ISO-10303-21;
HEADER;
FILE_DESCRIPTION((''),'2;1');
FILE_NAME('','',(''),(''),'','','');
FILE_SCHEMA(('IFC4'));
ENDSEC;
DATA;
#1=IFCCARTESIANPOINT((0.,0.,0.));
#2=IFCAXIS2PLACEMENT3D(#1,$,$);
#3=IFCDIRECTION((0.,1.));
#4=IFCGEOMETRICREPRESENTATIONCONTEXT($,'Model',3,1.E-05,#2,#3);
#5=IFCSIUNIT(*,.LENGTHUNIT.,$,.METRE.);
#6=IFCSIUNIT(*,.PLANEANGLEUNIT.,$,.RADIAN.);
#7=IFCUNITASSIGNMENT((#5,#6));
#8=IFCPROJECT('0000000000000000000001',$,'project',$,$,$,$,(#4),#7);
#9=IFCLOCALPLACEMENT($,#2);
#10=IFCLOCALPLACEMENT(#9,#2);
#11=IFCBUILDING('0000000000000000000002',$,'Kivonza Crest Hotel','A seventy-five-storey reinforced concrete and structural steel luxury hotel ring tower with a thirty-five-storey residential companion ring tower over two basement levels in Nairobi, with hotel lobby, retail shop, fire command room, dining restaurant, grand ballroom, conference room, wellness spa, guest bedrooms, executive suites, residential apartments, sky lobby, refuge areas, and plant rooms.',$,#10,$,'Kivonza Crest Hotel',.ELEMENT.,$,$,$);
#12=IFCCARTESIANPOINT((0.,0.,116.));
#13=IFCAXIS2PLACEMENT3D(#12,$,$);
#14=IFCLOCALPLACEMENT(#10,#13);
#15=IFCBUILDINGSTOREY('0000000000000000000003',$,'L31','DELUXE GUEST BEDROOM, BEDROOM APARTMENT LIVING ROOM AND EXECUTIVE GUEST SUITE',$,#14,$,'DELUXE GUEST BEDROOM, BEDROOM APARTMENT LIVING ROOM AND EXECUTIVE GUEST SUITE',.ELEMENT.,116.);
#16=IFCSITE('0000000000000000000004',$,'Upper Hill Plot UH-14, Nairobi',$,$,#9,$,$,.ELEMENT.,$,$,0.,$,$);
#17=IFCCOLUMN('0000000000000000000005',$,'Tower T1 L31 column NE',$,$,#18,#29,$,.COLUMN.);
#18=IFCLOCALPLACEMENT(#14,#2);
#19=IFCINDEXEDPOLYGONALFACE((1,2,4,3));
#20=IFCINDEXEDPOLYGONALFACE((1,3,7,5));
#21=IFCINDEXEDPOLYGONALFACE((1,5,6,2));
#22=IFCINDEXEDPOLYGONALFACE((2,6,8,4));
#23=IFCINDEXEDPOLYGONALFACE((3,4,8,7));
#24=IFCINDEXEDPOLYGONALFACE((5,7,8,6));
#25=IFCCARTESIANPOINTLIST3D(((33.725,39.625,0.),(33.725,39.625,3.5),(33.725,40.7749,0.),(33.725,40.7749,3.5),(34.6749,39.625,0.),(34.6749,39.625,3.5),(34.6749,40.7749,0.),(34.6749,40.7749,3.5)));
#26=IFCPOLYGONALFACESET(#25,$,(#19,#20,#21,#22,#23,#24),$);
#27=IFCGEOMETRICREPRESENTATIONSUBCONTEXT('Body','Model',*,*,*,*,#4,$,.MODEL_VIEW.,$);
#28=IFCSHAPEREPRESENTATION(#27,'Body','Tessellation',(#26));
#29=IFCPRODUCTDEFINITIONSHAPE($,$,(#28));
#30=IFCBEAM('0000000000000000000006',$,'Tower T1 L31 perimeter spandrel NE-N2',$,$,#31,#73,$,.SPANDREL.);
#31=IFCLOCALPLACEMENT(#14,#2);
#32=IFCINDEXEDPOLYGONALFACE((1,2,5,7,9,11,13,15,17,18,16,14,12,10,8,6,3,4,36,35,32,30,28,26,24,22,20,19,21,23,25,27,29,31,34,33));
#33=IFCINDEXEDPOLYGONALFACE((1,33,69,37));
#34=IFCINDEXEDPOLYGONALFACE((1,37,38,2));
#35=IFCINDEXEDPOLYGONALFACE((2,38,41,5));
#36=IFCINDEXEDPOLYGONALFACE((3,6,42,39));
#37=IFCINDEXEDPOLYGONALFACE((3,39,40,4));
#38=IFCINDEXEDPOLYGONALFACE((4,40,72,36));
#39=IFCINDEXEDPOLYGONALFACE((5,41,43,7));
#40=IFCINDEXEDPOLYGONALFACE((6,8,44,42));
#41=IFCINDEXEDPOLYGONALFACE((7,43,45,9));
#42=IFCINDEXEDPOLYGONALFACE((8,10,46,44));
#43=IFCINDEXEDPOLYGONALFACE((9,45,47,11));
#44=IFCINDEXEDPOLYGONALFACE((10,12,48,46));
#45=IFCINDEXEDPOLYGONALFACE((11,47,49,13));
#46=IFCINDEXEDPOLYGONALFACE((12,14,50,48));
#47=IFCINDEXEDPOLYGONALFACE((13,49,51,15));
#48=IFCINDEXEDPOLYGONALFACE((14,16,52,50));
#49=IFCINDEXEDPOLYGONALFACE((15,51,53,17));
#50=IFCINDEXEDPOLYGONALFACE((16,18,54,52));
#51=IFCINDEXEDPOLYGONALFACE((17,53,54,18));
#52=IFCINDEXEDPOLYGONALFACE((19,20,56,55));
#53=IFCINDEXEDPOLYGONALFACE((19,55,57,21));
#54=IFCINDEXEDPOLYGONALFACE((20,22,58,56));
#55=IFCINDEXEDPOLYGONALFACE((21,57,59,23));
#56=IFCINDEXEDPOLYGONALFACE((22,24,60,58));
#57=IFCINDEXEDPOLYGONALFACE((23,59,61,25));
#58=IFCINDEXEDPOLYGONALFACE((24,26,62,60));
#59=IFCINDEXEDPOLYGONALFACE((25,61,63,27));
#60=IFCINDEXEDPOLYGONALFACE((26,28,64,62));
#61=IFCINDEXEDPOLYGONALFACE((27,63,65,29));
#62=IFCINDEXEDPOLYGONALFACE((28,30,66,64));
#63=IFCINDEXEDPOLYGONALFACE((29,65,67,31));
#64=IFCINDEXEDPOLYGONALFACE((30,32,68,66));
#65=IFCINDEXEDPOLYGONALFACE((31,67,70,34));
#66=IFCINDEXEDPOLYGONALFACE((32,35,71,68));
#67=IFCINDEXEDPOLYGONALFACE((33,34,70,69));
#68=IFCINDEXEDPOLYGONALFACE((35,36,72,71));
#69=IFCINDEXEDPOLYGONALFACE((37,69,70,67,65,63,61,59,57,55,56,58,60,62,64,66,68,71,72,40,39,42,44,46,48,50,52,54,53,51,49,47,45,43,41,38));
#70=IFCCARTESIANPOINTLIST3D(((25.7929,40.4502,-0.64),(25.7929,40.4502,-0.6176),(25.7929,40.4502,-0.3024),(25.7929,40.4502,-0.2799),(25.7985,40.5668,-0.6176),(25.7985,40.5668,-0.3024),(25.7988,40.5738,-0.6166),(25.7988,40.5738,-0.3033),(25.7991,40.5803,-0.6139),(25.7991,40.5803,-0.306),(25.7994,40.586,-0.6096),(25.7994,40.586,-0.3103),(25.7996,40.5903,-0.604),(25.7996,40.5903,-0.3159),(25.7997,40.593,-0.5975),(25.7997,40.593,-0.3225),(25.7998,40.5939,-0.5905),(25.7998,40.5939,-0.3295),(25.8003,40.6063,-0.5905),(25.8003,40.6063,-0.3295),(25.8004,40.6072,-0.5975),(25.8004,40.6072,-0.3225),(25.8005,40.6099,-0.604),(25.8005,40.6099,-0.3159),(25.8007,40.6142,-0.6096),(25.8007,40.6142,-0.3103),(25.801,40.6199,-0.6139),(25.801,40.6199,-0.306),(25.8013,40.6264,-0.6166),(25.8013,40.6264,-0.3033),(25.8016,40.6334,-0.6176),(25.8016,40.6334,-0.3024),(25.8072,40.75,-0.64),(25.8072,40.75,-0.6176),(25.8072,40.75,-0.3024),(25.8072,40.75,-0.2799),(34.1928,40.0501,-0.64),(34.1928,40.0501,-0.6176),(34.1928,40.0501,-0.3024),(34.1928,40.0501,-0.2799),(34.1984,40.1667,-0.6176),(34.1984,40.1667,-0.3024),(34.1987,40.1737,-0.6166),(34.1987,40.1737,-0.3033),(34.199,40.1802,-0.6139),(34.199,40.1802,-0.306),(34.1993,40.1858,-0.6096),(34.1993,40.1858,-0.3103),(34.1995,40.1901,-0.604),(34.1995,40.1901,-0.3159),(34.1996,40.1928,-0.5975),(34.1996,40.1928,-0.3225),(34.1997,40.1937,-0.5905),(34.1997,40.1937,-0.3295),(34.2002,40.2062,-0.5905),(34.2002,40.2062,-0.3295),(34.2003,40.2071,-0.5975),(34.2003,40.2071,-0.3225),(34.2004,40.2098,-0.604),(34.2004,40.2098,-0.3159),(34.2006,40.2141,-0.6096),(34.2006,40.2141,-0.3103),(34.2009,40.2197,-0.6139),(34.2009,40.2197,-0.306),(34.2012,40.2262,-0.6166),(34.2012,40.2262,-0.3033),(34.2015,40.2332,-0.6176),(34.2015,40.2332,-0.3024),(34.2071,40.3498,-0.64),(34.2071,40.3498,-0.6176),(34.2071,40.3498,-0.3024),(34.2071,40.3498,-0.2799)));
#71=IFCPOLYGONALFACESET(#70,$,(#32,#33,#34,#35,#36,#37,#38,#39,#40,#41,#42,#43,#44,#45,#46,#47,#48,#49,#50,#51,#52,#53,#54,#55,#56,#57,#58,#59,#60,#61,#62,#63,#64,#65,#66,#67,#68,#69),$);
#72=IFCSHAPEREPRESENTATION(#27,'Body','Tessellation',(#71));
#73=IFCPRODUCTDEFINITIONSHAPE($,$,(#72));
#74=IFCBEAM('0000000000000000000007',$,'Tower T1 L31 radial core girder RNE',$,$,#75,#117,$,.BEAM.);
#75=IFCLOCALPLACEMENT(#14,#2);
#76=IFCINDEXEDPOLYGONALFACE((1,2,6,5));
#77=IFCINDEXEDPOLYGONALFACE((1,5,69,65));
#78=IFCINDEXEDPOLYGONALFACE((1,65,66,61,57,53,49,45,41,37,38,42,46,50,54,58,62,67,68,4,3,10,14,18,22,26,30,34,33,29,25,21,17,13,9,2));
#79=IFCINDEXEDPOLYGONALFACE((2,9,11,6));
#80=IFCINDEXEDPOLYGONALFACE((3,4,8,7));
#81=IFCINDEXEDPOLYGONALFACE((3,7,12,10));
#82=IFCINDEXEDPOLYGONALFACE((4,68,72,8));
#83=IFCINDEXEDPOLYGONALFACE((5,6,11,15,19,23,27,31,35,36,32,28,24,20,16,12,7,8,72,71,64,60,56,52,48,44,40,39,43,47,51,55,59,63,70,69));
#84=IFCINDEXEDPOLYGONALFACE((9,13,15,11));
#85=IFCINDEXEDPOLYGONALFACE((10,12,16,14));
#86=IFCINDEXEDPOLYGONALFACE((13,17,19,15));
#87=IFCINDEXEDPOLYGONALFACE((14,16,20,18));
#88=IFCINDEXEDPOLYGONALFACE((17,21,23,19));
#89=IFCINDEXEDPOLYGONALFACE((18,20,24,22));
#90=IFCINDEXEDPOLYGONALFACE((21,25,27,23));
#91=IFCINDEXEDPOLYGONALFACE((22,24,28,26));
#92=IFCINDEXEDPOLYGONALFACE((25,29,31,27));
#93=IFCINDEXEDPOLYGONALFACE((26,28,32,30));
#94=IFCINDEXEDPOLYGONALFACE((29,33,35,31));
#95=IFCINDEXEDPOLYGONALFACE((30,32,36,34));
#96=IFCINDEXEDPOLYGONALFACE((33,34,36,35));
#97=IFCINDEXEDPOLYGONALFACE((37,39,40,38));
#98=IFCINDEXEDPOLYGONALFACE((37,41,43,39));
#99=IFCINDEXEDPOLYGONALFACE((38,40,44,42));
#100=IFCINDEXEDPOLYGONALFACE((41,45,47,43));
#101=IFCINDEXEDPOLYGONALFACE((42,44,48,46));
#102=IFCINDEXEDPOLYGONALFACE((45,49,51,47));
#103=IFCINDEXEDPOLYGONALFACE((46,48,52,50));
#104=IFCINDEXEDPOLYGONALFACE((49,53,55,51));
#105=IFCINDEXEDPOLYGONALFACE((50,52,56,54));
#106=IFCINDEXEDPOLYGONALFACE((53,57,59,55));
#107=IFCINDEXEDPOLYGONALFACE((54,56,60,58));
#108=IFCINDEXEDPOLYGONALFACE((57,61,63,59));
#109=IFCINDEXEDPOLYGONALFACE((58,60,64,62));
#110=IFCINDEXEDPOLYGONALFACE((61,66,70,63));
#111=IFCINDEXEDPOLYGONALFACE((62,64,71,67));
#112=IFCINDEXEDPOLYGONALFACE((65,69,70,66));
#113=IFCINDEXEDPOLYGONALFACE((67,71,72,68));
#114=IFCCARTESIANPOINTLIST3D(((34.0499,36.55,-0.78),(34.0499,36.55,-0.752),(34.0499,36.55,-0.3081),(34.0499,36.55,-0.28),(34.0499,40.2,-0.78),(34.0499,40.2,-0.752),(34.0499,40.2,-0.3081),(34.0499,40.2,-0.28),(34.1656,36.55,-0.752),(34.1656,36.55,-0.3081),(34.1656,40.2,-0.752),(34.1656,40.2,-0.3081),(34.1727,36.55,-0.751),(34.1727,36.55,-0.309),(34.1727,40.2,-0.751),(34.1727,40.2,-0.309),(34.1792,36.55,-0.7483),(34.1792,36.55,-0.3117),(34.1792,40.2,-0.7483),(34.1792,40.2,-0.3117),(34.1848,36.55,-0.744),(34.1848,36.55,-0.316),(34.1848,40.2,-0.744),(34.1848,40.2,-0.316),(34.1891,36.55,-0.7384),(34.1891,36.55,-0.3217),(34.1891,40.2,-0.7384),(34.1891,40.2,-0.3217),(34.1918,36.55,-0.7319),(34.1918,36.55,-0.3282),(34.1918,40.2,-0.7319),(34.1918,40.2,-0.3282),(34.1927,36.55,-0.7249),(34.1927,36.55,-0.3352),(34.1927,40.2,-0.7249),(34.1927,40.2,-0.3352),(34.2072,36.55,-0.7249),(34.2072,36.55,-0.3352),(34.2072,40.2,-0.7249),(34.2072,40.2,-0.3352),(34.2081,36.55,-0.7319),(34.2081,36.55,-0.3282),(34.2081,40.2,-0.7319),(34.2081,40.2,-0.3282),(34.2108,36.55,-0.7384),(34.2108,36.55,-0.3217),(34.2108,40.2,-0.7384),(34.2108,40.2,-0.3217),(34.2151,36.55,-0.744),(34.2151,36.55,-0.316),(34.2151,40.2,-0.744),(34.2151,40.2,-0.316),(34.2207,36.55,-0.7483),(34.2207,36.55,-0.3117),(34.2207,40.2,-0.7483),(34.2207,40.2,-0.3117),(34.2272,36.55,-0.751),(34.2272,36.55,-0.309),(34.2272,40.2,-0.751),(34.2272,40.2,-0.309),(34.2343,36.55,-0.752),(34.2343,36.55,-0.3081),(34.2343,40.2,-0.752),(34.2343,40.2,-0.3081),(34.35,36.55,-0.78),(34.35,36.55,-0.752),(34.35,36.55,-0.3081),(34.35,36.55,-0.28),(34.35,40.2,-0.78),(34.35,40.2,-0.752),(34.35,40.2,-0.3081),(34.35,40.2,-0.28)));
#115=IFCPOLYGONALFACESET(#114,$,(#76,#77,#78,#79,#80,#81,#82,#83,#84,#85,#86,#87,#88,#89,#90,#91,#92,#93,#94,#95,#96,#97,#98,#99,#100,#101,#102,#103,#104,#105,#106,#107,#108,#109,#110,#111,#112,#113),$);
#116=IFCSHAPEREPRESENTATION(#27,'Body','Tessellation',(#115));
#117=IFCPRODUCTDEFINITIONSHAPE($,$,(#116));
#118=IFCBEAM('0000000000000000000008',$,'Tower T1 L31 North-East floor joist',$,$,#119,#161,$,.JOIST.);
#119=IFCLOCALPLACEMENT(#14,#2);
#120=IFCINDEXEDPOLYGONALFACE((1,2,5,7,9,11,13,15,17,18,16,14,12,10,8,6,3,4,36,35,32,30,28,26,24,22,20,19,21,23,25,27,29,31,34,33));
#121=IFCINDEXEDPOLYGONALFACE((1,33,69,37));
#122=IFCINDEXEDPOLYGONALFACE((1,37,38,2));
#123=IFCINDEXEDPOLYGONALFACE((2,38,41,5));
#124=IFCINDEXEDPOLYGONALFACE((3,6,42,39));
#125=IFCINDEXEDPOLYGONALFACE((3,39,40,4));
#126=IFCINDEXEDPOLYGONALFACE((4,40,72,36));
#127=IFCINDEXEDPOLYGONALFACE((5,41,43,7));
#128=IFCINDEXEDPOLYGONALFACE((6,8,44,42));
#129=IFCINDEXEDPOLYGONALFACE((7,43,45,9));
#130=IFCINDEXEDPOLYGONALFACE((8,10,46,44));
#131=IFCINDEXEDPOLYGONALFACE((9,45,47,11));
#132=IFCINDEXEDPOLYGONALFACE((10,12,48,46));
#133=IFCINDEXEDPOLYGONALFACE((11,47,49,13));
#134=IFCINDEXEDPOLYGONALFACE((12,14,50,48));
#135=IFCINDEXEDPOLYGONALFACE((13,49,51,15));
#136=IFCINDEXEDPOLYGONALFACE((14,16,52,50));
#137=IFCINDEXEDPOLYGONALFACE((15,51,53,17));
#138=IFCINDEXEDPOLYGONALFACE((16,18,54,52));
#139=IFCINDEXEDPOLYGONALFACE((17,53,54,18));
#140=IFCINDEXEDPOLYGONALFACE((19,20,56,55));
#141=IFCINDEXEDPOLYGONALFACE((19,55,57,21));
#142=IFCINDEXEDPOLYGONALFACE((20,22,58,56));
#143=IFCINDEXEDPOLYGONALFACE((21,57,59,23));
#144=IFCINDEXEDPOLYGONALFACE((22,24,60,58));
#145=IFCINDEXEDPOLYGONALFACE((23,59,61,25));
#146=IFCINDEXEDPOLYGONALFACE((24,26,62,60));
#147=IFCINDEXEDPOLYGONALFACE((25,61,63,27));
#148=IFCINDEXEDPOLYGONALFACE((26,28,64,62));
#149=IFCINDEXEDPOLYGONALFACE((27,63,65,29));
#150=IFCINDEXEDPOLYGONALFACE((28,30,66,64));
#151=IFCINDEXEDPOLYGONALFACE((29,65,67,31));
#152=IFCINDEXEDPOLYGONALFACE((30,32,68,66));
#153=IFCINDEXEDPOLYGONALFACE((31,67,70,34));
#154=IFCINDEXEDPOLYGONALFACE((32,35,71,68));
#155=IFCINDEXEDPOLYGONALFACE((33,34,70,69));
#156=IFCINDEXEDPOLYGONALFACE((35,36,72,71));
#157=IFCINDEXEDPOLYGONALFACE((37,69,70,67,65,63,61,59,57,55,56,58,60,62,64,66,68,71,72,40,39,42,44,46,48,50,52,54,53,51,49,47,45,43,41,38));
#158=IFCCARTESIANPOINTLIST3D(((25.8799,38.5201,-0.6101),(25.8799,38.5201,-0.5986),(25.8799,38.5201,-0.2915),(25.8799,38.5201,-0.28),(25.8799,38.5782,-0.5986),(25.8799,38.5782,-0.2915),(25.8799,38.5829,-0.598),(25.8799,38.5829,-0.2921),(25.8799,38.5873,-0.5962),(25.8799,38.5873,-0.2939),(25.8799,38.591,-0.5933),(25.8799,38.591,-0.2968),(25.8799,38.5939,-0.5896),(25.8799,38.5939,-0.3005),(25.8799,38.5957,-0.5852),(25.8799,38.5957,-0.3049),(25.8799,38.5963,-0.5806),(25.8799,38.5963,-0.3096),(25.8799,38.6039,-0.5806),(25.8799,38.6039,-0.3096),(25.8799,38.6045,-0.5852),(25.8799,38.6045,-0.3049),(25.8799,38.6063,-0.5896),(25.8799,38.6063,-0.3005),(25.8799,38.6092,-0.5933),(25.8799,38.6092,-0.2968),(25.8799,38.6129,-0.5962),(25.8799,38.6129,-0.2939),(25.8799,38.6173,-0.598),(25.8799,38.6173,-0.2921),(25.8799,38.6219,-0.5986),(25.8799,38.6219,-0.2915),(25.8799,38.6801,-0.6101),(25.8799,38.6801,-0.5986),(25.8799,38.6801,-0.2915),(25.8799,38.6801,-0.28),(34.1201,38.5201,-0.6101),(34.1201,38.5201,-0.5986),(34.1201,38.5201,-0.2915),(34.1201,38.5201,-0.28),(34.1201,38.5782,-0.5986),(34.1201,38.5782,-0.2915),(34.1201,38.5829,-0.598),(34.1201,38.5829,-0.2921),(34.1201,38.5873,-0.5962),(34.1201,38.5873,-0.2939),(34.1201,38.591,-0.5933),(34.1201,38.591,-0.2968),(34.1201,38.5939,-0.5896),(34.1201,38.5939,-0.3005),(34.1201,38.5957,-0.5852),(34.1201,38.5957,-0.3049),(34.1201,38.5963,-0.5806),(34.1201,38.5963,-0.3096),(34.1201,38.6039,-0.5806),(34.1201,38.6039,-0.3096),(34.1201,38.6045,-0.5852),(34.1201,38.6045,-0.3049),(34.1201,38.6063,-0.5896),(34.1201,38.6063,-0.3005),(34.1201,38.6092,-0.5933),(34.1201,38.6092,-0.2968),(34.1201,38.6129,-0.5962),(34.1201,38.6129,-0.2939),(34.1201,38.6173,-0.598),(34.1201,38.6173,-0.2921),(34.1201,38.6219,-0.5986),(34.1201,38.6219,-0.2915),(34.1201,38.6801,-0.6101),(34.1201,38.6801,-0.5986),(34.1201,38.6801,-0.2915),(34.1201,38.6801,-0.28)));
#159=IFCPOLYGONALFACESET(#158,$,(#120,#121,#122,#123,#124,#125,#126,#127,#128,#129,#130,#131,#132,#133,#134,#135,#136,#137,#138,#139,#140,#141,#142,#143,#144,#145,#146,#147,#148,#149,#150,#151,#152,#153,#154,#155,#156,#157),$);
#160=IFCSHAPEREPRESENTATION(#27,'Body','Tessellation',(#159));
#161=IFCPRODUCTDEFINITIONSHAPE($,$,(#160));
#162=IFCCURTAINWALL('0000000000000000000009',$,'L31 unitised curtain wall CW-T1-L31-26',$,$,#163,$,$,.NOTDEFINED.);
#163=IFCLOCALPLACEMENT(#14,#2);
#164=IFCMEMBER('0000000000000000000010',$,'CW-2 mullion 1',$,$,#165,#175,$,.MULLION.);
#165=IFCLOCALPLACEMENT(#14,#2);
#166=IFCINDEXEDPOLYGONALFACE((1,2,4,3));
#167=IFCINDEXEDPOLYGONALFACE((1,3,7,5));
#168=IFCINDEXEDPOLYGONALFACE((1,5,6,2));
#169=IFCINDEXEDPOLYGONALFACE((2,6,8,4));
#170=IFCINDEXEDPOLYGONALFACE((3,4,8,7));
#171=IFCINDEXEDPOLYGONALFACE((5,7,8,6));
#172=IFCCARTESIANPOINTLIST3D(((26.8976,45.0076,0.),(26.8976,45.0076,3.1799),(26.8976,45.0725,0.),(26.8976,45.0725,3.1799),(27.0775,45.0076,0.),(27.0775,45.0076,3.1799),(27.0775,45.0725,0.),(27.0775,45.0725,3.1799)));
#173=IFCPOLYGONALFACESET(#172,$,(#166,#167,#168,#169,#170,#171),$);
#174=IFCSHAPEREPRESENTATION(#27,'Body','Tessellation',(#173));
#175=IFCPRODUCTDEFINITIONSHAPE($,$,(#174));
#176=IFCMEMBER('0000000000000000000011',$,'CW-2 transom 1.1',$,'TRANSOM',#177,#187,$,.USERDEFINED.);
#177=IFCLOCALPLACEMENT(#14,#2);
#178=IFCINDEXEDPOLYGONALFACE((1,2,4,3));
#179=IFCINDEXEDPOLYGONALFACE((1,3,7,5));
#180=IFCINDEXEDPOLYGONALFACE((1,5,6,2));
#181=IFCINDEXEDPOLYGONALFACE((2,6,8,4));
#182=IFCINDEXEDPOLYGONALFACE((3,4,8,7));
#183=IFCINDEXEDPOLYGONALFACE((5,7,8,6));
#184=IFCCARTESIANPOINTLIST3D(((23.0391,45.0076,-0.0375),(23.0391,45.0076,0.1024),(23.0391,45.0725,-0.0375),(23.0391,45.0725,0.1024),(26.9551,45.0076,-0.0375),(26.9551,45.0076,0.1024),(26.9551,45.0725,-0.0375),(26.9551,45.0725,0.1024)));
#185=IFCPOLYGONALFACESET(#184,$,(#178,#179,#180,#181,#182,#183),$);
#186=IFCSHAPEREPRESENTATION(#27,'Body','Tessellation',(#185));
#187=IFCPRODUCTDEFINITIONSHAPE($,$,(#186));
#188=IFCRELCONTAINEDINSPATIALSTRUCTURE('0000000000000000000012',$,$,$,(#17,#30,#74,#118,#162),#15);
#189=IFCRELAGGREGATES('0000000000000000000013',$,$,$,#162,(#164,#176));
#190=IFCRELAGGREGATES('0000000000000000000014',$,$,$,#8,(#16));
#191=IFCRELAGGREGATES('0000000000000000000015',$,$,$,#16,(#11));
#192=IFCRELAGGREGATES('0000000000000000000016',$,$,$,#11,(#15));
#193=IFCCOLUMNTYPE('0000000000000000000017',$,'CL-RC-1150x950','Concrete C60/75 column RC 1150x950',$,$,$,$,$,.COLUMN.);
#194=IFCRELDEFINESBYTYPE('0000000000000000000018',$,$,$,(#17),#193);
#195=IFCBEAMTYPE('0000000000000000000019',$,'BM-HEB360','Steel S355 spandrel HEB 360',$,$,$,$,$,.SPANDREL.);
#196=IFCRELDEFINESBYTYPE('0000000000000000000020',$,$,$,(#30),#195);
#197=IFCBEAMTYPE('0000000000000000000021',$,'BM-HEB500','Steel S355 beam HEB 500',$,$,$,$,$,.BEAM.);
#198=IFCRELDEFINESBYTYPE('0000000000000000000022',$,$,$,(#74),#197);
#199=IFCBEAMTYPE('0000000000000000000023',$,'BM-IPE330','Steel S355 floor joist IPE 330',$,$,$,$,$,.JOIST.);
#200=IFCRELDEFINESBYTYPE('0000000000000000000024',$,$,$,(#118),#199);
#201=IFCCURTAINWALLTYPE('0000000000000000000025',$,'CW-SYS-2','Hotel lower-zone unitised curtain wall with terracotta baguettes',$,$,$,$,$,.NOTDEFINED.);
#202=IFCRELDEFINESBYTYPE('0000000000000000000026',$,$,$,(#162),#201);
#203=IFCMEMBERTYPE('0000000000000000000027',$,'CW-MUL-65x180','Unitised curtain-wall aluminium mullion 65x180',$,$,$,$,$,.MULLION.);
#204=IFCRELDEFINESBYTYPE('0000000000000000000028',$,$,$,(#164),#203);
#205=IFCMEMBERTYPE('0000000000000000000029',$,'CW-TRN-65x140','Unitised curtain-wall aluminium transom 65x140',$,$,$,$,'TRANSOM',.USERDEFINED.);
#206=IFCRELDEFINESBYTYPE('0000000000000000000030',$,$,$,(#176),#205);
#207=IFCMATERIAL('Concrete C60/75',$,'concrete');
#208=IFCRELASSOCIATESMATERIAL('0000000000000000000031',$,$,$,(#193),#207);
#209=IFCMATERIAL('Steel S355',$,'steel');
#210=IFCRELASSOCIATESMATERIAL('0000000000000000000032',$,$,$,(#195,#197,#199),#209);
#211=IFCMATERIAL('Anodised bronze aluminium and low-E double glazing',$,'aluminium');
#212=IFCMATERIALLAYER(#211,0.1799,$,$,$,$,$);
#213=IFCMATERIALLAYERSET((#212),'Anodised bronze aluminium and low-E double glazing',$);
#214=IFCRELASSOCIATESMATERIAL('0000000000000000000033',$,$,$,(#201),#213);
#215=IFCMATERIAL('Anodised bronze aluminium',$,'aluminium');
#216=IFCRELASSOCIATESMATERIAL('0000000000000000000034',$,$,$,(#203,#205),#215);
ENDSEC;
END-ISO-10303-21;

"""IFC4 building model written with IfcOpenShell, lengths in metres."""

from ifc_helpers import new_model, si_unit, direction, frame, origin, origin_2d, place, context, subcontext, project, spatial, rectangle, i_section, extrude, material, layer, layer_set, material_profile, profile_set, type_object, element, aggregate, save


model = new_model("IFC4")

# Units and contexts
model_context = context("Model", 3, precision=1e-05, world=origin(), true_north=direction((0.0, 1.0)))
body_context = subcontext(model_context, "Body", "Model", "MODEL_VIEW")
ifc_project = project(units=[si_unit("LENGTHUNIT", "METRE"), si_unit("PLANEANGLEUNIT", "RADIAN")], contexts=[model_context])

# Site, building, storey
site_placement = place(None, origin())
site = spatial("IfcSite", under=ifc_project, at=site_placement, Name="Upper Hill Plot UH-14, Nairobi", CompositionType="ELEMENT", RefElevation=0.0)
building_placement = place(site_placement, origin())
building = spatial("IfcBuilding", under=site, at=building_placement, Name="Kivonza Crest Hotel", Description="A seventy-five-storey reinforced concrete and structural steel luxury hotel ring tower with a thirty-five-storey residential companion ring tower over two basement levels in Nairobi, with hotel lobby, retail shop, fire command room, dining restaurant, grand ballroom, conference room, wellness spa, guest bedrooms, executive suites, residential apartments, sky lobby, refuge areas, and plant rooms.", LongName="Kivonza Crest Hotel", CompositionType="ELEMENT")
storey_placement = place(building_placement, frame((0.0, 0.0, 116.0)))
storey = spatial("IfcBuildingStorey", under=building, at=storey_placement, Name="L31", Description="DELUXE GUEST BEDROOM, BEDROOM APARTMENT LIVING ROOM AND EXECUTIVE GUEST SUITE", LongName="DELUXE GUEST BEDROOM, BEDROOM APARTMENT LIVING ROOM AND EXECUTIVE GUEST SUITE", CompositionType="ELEMENT", Elevation=116.0)

# Column
ifc_material_1 = material(Name="Concrete C60/75", Category="concrete")
ifc_material_profile_1 = material_profile(ifc_material_1, rectangle(XDim=0.95, YDim=1.1499, at=origin_2d()), Name="RC 1150x950")
ifc_profile_set_1 = profile_set([ifc_material_profile_1], Name="Concrete C60/75")
column_type = type_object("IfcColumnType", Name="CL-RC-1150x950", Description="Concrete C60/75 column RC 1150x950", PredefinedType="COLUMN", material=ifc_profile_set_1)
column_placement = place(storey_placement, frame((34.2, 40.2, 0.0), z_axis=(0.0, 0.0, 1.0), x_axis=(1.0, 0.0, 0.0)))
element("IfcColumn", 1, at=column_placement, inside=storey, type_object=column_type, Name="Tower T1 L31 column NE", PredefinedType="COLUMN", context=body_context, shape_type="SweptSolid", body=[
    extrude(rectangle(XDim=0.95, YDim=1.1499, at=origin_2d()), origin(), (0.0, 0.0, 1.0), 3.5),
])

# Beams
ifc_material_2 = material(Name="Steel S355", Category="steel")
ifc_material_profile_2 = material_profile(ifc_material_2, i_section(OverallWidth=0.3, OverallDepth=0.3601, WebThickness=0.0125, FlangeThickness=0.0225, FilletRadius=0.0271, at=origin_2d()), Name="HEB 360")
ifc_profile_set_2 = profile_set([ifc_material_profile_2], Name="Steel S355")
beam_type_1 = type_object("IfcBeamType", Name="BM-HEB360", Description="Steel S355 spandrel HEB 360", PredefinedType="SPANDREL", material=ifc_profile_set_2)
beam_1_placement = place(storey_placement, frame((34.2, 40.2, -0.46), z_axis=(-0.998867, 0.047583, 0.0), x_axis=(-0.047583, -0.998867, 0.0)))
element("IfcBeam", 2, at=beam_1_placement, inside=storey, type_object=beam_type_1, Name="Tower T1 L31 perimeter spandrel NE-N2", PredefinedType="SPANDREL", context=body_context, shape_type="SweptSolid", body=[
    extrude(i_section(OverallWidth=0.3, OverallDepth=0.3601, WebThickness=0.0125, FlangeThickness=0.0225, FilletRadius=0.0271, at=origin_2d()), origin(), (0.0, 0.0, 1.0), 8.4094),
])
ifc_material_profile_3 = material_profile(ifc_material_2, i_section(OverallWidth=0.3, OverallDepth=0.5, WebThickness=0.0144, FlangeThickness=0.0281, FilletRadius=0.0271, at=origin_2d()), Name="HEB 500")
ifc_profile_set_3 = profile_set([ifc_material_profile_3], Name="Steel S355")
beam_type_2 = type_object("IfcBeamType", Name="BM-HEB500", Description="Steel S355 beam HEB 500", PredefinedType="BEAM", material=ifc_profile_set_3)
beam_2_placement = place(storey_placement, frame((34.2, 40.2, -0.53), z_axis=(0.0, -1.0, 0.0), x_axis=(1.0, 0.0, 0.0)))
element("IfcBeam", 3, at=beam_2_placement, inside=storey, type_object=beam_type_2, Name="Tower T1 L31 radial core girder RNE", PredefinedType="BEAM", context=body_context, shape_type="SweptSolid", body=[
    extrude(i_section(OverallWidth=0.3, OverallDepth=0.5, WebThickness=0.0144, FlangeThickness=0.0281, FilletRadius=0.0271, at=origin_2d()), origin(), (0.0, 0.0, 1.0), 3.6499),
])
ifc_material_profile_4 = material_profile(ifc_material_2, i_section(OverallWidth=0.1599, OverallDepth=0.3301, WebThickness=0.0076, FlangeThickness=0.0115, FilletRadius=0.0181, at=origin_2d()), Name="IPE 330")
ifc_profile_set_4 = profile_set([ifc_material_profile_4], Name="Steel S355")
beam_type_3 = type_object("IfcBeamType", Name="BM-IPE330", Description="Steel S355 floor joist IPE 330", PredefinedType="JOIST", material=ifc_profile_set_4)
beam_3_placement = place(storey_placement, frame((25.8799, 38.6001, -0.4451), z_axis=(1.0, 0.0, 0.0), x_axis=(0.0, 1.0, 0.0)))
element("IfcBeam", 4, at=beam_3_placement, inside=storey, type_object=beam_type_3, Name="Tower T1 L31 North-East floor joist", PredefinedType="JOIST", context=body_context, shape_type="SweptSolid", body=[
    extrude(i_section(OverallWidth=0.1599, OverallDepth=0.3301, WebThickness=0.0076, FlangeThickness=0.0115, FilletRadius=0.0181, at=origin_2d()), origin(), (0.0, 0.0, 1.0), 8.2402),
])

# Curtain wall, members
ifc_material_3 = material(Name="Anodised bronze aluminium and low-E double glazing", Category="aluminium")
ifc_layer_1 = layer(ifc_material_3, 0.1799)
ifc_layer_set_1 = layer_set([ifc_layer_1], Name="Anodised bronze aluminium and low-E double glazing")
curtain_wall_type = type_object("IfcCurtainWallType", Name="CW-SYS-2", Description="Hotel lower-zone unitised curtain wall with terracotta baguettes", PredefinedType="NOTDEFINED", material=ifc_layer_set_1)
curtain_wall_placement = place(storey_placement, origin())
curtain_wall = element("IfcCurtainWall", 5, at=curtain_wall_placement, inside=storey, type_object=curtain_wall_type, Name="L31 unitised curtain wall CW-T1-L31-26", PredefinedType="NOTDEFINED")
ifc_material_4 = material(Name="Anodised bronze aluminium", Category="aluminium")
ifc_material_profile_5 = material_profile(ifc_material_4, rectangle(XDim=0.0649, YDim=0.1799, at=origin_2d()), Name="CW-M 65x180")
ifc_profile_set_5 = profile_set([ifc_material_profile_5], Name="Anodised bronze aluminium")
member_type_1 = type_object("IfcMemberType", Name="CW-MUL-65x180", Description="Unitised curtain-wall aluminium mullion 65x180", PredefinedType="MULLION", material=ifc_profile_set_5)
member_1_placement = place(storey_placement, frame((26.9875, 45.04, 0.0), z_axis=(0.0, 0.0, 1.0), x_axis=(0.0, -1.0, 0.0)))
member_1 = element("IfcMember", 6, at=member_1_placement, type_object=member_type_1, Name="CW-2 mullion 1", PredefinedType="MULLION", context=body_context, shape_type="SweptSolid", body=[
    extrude(rectangle(XDim=0.0649, YDim=0.1799, at=origin_2d()), origin(), (0.0, 0.0, 1.0), 3.1799),
])
ifc_material_profile_6 = material_profile(ifc_material_4, rectangle(XDim=0.0649, YDim=0.1399, at=origin_2d()), Name="CW-T 65x140")
ifc_profile_set_6 = profile_set([ifc_material_profile_6], Name="Anodised bronze aluminium")
member_type_2 = type_object("IfcMemberType", Name="CW-TRN-65x140", Description="Unitised curtain-wall aluminium transom 65x140", ElementType="TRANSOM", PredefinedType="USERDEFINED", material=ifc_profile_set_6)
member_2_placement = place(storey_placement, frame((26.9551, 45.04, 0.0325), z_axis=(-1.0, 0.0, 0.0), x_axis=(0.0, -1.0, 0.0)))
member_2 = element("IfcMember", 7, at=member_2_placement, type_object=member_type_2, Name="CW-2 transom 1.1", ObjectType="TRANSOM", PredefinedType="USERDEFINED", context=body_context, shape_type="SweptSolid", body=[
    extrude(rectangle(XDim=0.0649, YDim=0.1399, at=origin_2d()), origin(), (0.0, 0.0, 1.0), 3.916),
])
aggregate(curtain_wall, [member_1, member_2])

save(model, "model.ifc")
